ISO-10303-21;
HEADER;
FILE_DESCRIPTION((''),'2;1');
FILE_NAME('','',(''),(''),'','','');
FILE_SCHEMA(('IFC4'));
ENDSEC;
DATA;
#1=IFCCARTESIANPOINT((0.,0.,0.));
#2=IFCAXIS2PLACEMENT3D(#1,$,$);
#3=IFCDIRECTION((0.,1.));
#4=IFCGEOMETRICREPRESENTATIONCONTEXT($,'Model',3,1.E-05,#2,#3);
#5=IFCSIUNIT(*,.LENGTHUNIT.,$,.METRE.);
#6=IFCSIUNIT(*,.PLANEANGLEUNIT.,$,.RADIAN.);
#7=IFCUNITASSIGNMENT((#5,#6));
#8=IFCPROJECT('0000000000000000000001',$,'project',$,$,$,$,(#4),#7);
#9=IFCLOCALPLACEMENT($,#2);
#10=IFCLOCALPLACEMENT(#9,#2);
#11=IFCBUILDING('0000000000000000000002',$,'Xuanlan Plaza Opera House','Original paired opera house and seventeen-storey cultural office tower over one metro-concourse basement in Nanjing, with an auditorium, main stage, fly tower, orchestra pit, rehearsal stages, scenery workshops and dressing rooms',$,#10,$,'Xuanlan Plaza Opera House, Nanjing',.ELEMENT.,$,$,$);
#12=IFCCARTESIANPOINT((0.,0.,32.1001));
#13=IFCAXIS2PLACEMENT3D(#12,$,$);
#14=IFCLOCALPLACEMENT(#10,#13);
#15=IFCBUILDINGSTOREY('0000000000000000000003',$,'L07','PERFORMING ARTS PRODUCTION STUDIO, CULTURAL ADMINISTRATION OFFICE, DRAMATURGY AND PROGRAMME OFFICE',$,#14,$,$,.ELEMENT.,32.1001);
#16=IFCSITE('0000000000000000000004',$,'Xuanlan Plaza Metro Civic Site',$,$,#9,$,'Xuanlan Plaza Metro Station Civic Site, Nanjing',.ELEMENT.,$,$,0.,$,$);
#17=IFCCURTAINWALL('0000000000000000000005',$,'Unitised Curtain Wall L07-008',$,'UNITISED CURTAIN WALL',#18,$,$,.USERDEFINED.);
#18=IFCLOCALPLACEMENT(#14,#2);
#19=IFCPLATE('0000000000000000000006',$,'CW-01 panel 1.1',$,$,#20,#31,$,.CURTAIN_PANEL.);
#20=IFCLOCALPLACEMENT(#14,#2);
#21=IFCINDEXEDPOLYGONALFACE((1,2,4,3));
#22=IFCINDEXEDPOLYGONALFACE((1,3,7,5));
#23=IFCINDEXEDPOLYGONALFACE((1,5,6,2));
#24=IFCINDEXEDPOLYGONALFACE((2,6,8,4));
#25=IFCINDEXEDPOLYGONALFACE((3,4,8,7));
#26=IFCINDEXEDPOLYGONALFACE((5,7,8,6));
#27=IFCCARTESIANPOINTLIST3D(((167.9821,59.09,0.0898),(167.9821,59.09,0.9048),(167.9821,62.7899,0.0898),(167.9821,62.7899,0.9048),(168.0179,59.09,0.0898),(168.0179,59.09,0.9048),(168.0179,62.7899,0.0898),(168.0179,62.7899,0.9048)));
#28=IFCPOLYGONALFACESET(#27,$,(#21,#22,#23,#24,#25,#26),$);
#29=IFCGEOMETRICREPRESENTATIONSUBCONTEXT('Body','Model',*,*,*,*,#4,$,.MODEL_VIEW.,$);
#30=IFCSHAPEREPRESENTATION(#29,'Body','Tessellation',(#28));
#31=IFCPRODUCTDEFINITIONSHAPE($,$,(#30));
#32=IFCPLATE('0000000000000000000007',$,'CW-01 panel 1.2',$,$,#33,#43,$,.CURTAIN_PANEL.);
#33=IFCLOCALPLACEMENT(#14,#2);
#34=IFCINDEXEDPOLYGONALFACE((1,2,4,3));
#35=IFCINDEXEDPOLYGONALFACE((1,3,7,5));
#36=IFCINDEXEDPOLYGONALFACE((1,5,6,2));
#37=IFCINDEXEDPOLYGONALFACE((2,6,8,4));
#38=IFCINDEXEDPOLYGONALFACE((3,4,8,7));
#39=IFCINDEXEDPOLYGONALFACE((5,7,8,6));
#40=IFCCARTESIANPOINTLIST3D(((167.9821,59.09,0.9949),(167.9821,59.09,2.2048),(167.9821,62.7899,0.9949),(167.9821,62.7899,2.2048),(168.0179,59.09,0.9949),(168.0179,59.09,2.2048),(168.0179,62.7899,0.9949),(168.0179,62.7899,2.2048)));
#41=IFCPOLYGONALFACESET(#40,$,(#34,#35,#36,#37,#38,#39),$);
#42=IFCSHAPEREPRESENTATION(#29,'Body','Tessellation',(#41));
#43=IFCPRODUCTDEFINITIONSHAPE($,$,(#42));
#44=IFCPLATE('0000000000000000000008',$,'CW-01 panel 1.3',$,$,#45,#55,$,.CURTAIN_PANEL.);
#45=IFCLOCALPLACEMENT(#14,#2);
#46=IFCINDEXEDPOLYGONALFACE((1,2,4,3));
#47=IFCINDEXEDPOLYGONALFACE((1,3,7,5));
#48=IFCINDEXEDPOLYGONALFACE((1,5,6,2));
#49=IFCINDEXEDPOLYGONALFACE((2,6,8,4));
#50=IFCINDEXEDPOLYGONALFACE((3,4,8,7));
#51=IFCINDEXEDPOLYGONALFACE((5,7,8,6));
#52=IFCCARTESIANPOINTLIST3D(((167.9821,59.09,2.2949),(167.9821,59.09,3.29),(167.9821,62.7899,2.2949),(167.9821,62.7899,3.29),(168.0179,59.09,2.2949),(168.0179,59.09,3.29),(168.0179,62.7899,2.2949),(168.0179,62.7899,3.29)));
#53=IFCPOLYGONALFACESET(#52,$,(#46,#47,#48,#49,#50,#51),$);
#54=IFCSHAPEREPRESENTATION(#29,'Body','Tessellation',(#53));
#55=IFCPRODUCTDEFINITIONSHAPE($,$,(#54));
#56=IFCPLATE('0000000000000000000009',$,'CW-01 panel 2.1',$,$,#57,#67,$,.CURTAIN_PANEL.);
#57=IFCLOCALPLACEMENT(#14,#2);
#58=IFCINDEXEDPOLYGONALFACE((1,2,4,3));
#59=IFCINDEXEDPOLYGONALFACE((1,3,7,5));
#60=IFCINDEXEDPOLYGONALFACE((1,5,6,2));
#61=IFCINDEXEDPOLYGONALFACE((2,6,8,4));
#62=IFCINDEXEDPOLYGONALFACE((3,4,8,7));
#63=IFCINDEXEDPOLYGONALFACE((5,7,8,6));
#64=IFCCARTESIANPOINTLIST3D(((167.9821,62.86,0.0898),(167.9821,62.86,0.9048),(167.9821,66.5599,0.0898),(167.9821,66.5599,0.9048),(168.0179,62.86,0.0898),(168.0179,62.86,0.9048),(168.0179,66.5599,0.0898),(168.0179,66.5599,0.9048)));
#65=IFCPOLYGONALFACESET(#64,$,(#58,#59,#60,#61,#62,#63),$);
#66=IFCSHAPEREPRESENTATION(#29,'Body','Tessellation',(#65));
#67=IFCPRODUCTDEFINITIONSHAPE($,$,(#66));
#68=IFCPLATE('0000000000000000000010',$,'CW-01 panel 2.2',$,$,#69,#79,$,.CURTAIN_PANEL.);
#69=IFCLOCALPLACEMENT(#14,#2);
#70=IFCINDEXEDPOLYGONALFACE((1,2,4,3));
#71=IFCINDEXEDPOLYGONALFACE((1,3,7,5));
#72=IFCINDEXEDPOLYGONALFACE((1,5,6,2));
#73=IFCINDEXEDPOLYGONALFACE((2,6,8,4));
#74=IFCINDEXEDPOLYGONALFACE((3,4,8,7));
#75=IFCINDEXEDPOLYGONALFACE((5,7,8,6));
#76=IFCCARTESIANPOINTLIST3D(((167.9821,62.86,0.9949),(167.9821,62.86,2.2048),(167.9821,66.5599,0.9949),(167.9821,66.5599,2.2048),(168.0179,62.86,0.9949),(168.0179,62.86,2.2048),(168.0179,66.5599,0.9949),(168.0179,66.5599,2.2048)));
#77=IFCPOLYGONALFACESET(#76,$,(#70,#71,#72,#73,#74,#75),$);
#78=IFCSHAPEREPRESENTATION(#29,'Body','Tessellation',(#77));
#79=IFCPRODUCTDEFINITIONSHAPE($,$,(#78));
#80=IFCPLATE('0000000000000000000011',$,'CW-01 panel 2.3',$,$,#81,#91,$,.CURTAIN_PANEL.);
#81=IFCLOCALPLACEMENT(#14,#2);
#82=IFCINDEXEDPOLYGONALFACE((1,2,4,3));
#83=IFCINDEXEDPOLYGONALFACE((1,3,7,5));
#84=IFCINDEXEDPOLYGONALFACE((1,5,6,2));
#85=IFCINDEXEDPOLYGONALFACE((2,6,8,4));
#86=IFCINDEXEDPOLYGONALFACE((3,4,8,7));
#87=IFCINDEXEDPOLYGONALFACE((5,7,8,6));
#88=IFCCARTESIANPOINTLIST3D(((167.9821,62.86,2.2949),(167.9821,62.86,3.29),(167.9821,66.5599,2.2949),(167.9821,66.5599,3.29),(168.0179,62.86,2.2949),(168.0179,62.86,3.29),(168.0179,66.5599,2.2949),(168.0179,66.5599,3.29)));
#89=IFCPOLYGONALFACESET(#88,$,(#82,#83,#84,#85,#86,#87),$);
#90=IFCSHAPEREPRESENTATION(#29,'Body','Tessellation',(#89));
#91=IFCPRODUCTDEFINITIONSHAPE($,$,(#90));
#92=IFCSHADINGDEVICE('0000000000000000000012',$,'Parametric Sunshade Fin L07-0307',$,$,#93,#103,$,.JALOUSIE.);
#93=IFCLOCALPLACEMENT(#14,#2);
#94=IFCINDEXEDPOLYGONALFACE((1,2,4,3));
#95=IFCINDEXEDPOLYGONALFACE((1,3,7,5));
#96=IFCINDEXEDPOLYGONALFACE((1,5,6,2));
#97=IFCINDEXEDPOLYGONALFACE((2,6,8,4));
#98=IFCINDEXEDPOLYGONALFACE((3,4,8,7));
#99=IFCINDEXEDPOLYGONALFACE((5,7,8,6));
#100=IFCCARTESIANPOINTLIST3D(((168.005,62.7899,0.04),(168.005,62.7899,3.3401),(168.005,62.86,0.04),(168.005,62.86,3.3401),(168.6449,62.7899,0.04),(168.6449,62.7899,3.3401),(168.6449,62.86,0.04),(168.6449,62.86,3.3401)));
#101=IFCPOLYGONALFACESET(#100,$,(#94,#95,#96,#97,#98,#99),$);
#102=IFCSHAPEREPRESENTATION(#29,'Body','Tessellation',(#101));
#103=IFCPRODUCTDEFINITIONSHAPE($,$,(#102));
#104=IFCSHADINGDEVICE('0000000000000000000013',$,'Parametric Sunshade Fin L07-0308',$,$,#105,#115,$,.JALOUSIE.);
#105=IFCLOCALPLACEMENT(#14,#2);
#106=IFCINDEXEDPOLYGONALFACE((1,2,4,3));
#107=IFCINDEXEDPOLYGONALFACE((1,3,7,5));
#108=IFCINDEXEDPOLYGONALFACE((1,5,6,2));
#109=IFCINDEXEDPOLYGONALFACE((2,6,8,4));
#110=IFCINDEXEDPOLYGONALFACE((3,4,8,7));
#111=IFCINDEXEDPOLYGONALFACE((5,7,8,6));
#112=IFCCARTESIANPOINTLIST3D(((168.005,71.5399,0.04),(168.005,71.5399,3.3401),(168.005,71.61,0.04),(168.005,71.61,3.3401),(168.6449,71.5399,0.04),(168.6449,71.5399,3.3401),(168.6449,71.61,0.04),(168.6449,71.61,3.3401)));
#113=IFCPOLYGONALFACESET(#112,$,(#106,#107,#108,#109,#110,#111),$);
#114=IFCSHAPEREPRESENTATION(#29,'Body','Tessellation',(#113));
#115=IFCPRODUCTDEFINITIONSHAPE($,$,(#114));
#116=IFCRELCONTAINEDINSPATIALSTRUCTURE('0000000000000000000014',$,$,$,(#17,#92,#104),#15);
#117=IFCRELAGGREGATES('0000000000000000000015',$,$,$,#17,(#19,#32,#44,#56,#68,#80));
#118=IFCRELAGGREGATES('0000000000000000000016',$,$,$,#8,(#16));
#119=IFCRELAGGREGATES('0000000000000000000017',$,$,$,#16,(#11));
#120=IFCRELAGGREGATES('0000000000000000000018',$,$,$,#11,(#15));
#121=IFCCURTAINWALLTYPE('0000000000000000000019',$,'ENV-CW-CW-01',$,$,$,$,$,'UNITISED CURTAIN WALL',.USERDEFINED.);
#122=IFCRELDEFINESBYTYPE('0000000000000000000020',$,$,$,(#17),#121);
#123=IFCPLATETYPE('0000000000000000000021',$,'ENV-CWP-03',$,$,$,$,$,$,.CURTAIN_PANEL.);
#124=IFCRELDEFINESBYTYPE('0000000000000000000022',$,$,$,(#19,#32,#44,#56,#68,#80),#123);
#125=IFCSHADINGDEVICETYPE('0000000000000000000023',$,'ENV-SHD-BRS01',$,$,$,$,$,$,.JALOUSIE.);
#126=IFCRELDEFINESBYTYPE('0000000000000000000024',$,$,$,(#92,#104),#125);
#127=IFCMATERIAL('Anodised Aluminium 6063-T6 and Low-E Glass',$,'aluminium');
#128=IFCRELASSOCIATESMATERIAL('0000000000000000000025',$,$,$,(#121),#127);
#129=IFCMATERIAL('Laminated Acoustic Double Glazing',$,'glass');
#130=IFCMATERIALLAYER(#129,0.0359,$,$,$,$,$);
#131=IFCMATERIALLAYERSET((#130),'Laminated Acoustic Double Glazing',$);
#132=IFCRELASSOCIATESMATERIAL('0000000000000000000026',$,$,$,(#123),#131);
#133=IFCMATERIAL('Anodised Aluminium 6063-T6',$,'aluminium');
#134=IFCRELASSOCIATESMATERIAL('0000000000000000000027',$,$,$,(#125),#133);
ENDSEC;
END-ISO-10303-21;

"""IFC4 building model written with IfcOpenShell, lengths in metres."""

from ifc_helpers import new_model, si_unit, direction, frame, origin, origin_2d, place, context, subcontext, project, spatial, rectangle, extrude, material, layer, layer_set, type_object, element, aggregate, save


model = new_model("IFC4")

# Units and contexts
model_context = context("Model", 3, precision=1e-05, world=origin(), true_north=direction((0.0, 1.0)))
body_context = subcontext(model_context, "Body", "Model", "MODEL_VIEW")
ifc_project = project(units=[si_unit("LENGTHUNIT", "METRE"), si_unit("PLANEANGLEUNIT", "RADIAN")], contexts=[model_context])

# Site, building, storey
site_placement = place(None, origin())
site = spatial("IfcSite", under=ifc_project, at=site_placement, Name="Xuanlan Plaza Metro Civic Site", LongName="Xuanlan Plaza Metro Station Civic Site, Nanjing", CompositionType="ELEMENT", RefElevation=0.0)
building_placement = place(site_placement, origin())
building = spatial("IfcBuilding", under=site, at=building_placement, Name="Xuanlan Plaza Opera House", Description="Original paired opera house and seventeen-storey cultural office tower over one metro-concourse basement in Nanjing, with an auditorium, main stage, fly tower, orchestra pit, rehearsal stages, scenery workshops and dressing rooms", LongName="Xuanlan Plaza Opera House, Nanjing", CompositionType="ELEMENT")
storey_placement = place(building_placement, frame((0.0, 0.0, 32.1001)))
storey = spatial("IfcBuildingStorey", under=building, at=storey_placement, Name="L07", Description="PERFORMING ARTS PRODUCTION STUDIO, CULTURAL ADMINISTRATION OFFICE, DRAMATURGY AND PROGRAMME OFFICE", CompositionType="ELEMENT", Elevation=32.1001)

# Shared definitions
ifc_material_1 = material(Name="Anodised Aluminium 6063-T6 and Low-E Glass", Category="aluminium")
ifc_material_2 = material(Name="Anodised Aluminium 6063-T6", Category="aluminium")

# Curtain wall
curtain_wall_type_1 = type_object("IfcCurtainWallType", Name="ENV-CW-CW-01", ElementType="UNITISED CURTAIN WALL", PredefinedType="USERDEFINED", material=ifc_material_1)
curtain_wall_1_placement = place(storey_placement, origin())
curtain_wall_1 = element("IfcCurtainWall", 1, at=curtain_wall_1_placement, inside=storey, type_object=curtain_wall_type_1, Name="Unitised Curtain Wall L07-008", ObjectType="UNITISED CURTAIN WALL", PredefinedType="USERDEFINED")

# Plates
ifc_material_3 = material(Name="Laminated Acoustic Double Glazing", Category="glass")
ifc_layer_1 = layer(ifc_material_3, 0.0359)
ifc_layer_set_1 = layer_set([ifc_layer_1], Name="Laminated Acoustic Double Glazing")
plate_type_1 = type_object("IfcPlateType", Name="ENV-CWP-03", PredefinedType="CURTAIN_PANEL", material=ifc_layer_set_1)
plate_1_placement = place(storey_placement, frame((168.0, 60.9399, 0.0898), z_axis=(0.0, 0.0, 1.0), x_axis=(0.0, 1.0, 0.0)))
plate_1 = element("IfcPlate", 2, at=plate_1_placement, type_object=plate_type_1, Name="CW-01 panel 1.1", PredefinedType="CURTAIN_PANEL", context=body_context, shape_type="SweptSolid", body=[
    extrude(rectangle(XDim=3.7, YDim=0.0359, at=origin_2d()), origin(), (0.0, 0.0, 1.0), 0.8149),
])
plate_2_placement = place(storey_placement, frame((168.0, 60.9399, 0.9949), z_axis=(0.0, 0.0, 1.0), x_axis=(0.0, 1.0, 0.0)))
plate_2 = element("IfcPlate", 3, at=plate_2_placement, type_object=plate_type_1, Name="CW-01 panel 1.2", PredefinedType="CURTAIN_PANEL", context=body_context, shape_type="SweptSolid", body=[
    extrude(rectangle(XDim=3.7, YDim=0.0359, at=origin_2d()), origin(), (0.0, 0.0, 1.0), 1.21),
])
plate_3_placement = place(storey_placement, frame((168.0, 60.9399, 2.2949), z_axis=(0.0, 0.0, 1.0), x_axis=(0.0, 1.0, 0.0)))
plate_3 = element("IfcPlate", 4, at=plate_3_placement, type_object=plate_type_1, Name="CW-01 panel 1.3", PredefinedType="CURTAIN_PANEL", context=body_context, shape_type="SweptSolid", body=[
    extrude(rectangle(XDim=3.7, YDim=0.0359, at=origin_2d()), origin(), (0.0, 0.0, 1.0), 0.9951),
])
plate_4_placement = place(storey_placement, frame((168.0, 64.71, 0.0898), z_axis=(0.0, 0.0, 1.0), x_axis=(0.0, 1.0, 0.0)))
plate_4 = element("IfcPlate", 5, at=plate_4_placement, type_object=plate_type_1, Name="CW-01 panel 2.1", PredefinedType="CURTAIN_PANEL", context=body_context, shape_type="SweptSolid", body=[
    extrude(rectangle(XDim=3.7, YDim=0.0359, at=origin_2d()), origin(), (0.0, 0.0, 1.0), 0.8149),
])
plate_5_placement = place(storey_placement, frame((168.0, 64.71, 0.9949), z_axis=(0.0, 0.0, 1.0), x_axis=(0.0, 1.0, 0.0)))
plate_5 = element("IfcPlate", 6, at=plate_5_placement, type_object=plate_type_1, Name="CW-01 panel 2.2", PredefinedType="CURTAIN_PANEL", context=body_context, shape_type="SweptSolid", body=[
    extrude(rectangle(XDim=3.7, YDim=0.0359, at=origin_2d()), origin(), (0.0, 0.0, 1.0), 1.21),
])
plate_6_placement = place(storey_placement, frame((168.0, 64.71, 2.2949), z_axis=(0.0, 0.0, 1.0), x_axis=(0.0, 1.0, 0.0)))
plate_6 = element("IfcPlate", 7, at=plate_6_placement, type_object=plate_type_1, Name="CW-01 panel 2.3", PredefinedType="CURTAIN_PANEL", context=body_context, shape_type="SweptSolid", body=[
    extrude(rectangle(XDim=3.7, YDim=0.0359, at=origin_2d()), origin(), (0.0, 0.0, 1.0), 0.9951),
])
aggregate(curtain_wall_1, [plate_1, plate_2, plate_3, plate_4, plate_5, plate_6])

# Shading devices
shading_device_type = type_object("IfcShadingDeviceType", Name="ENV-SHD-BRS01", PredefinedType="JALOUSIE", material=ifc_material_2)
for number, where, z_axis, x_axis, name in (
    (8, (168.325, 62.825, 0.04), (0.0, 0.0, 1.0), (1.0, 0.0, 0.0), "Parametric Sunshade Fin L07-0307"),
    (9, (168.325, 71.575, 0.04), (0.0, 0.0, 1.0), (1.0, 0.0, 0.0), "Parametric Sunshade Fin L07-0308"),
):
    element("IfcShadingDevice", number, at=place(storey_placement, frame(where, z_axis=z_axis, x_axis=x_axis)), inside=storey, type_object=shading_device_type, Name=name, PredefinedType="JALOUSIE", context=body_context, shape_type="SweptSolid", body=[
        extrude(rectangle(XDim=0.6399, YDim=0.0701, at=origin_2d()), origin(), (0.0, 0.0, 1.0), 3.3),
    ])

save(model, "model.ifc")
